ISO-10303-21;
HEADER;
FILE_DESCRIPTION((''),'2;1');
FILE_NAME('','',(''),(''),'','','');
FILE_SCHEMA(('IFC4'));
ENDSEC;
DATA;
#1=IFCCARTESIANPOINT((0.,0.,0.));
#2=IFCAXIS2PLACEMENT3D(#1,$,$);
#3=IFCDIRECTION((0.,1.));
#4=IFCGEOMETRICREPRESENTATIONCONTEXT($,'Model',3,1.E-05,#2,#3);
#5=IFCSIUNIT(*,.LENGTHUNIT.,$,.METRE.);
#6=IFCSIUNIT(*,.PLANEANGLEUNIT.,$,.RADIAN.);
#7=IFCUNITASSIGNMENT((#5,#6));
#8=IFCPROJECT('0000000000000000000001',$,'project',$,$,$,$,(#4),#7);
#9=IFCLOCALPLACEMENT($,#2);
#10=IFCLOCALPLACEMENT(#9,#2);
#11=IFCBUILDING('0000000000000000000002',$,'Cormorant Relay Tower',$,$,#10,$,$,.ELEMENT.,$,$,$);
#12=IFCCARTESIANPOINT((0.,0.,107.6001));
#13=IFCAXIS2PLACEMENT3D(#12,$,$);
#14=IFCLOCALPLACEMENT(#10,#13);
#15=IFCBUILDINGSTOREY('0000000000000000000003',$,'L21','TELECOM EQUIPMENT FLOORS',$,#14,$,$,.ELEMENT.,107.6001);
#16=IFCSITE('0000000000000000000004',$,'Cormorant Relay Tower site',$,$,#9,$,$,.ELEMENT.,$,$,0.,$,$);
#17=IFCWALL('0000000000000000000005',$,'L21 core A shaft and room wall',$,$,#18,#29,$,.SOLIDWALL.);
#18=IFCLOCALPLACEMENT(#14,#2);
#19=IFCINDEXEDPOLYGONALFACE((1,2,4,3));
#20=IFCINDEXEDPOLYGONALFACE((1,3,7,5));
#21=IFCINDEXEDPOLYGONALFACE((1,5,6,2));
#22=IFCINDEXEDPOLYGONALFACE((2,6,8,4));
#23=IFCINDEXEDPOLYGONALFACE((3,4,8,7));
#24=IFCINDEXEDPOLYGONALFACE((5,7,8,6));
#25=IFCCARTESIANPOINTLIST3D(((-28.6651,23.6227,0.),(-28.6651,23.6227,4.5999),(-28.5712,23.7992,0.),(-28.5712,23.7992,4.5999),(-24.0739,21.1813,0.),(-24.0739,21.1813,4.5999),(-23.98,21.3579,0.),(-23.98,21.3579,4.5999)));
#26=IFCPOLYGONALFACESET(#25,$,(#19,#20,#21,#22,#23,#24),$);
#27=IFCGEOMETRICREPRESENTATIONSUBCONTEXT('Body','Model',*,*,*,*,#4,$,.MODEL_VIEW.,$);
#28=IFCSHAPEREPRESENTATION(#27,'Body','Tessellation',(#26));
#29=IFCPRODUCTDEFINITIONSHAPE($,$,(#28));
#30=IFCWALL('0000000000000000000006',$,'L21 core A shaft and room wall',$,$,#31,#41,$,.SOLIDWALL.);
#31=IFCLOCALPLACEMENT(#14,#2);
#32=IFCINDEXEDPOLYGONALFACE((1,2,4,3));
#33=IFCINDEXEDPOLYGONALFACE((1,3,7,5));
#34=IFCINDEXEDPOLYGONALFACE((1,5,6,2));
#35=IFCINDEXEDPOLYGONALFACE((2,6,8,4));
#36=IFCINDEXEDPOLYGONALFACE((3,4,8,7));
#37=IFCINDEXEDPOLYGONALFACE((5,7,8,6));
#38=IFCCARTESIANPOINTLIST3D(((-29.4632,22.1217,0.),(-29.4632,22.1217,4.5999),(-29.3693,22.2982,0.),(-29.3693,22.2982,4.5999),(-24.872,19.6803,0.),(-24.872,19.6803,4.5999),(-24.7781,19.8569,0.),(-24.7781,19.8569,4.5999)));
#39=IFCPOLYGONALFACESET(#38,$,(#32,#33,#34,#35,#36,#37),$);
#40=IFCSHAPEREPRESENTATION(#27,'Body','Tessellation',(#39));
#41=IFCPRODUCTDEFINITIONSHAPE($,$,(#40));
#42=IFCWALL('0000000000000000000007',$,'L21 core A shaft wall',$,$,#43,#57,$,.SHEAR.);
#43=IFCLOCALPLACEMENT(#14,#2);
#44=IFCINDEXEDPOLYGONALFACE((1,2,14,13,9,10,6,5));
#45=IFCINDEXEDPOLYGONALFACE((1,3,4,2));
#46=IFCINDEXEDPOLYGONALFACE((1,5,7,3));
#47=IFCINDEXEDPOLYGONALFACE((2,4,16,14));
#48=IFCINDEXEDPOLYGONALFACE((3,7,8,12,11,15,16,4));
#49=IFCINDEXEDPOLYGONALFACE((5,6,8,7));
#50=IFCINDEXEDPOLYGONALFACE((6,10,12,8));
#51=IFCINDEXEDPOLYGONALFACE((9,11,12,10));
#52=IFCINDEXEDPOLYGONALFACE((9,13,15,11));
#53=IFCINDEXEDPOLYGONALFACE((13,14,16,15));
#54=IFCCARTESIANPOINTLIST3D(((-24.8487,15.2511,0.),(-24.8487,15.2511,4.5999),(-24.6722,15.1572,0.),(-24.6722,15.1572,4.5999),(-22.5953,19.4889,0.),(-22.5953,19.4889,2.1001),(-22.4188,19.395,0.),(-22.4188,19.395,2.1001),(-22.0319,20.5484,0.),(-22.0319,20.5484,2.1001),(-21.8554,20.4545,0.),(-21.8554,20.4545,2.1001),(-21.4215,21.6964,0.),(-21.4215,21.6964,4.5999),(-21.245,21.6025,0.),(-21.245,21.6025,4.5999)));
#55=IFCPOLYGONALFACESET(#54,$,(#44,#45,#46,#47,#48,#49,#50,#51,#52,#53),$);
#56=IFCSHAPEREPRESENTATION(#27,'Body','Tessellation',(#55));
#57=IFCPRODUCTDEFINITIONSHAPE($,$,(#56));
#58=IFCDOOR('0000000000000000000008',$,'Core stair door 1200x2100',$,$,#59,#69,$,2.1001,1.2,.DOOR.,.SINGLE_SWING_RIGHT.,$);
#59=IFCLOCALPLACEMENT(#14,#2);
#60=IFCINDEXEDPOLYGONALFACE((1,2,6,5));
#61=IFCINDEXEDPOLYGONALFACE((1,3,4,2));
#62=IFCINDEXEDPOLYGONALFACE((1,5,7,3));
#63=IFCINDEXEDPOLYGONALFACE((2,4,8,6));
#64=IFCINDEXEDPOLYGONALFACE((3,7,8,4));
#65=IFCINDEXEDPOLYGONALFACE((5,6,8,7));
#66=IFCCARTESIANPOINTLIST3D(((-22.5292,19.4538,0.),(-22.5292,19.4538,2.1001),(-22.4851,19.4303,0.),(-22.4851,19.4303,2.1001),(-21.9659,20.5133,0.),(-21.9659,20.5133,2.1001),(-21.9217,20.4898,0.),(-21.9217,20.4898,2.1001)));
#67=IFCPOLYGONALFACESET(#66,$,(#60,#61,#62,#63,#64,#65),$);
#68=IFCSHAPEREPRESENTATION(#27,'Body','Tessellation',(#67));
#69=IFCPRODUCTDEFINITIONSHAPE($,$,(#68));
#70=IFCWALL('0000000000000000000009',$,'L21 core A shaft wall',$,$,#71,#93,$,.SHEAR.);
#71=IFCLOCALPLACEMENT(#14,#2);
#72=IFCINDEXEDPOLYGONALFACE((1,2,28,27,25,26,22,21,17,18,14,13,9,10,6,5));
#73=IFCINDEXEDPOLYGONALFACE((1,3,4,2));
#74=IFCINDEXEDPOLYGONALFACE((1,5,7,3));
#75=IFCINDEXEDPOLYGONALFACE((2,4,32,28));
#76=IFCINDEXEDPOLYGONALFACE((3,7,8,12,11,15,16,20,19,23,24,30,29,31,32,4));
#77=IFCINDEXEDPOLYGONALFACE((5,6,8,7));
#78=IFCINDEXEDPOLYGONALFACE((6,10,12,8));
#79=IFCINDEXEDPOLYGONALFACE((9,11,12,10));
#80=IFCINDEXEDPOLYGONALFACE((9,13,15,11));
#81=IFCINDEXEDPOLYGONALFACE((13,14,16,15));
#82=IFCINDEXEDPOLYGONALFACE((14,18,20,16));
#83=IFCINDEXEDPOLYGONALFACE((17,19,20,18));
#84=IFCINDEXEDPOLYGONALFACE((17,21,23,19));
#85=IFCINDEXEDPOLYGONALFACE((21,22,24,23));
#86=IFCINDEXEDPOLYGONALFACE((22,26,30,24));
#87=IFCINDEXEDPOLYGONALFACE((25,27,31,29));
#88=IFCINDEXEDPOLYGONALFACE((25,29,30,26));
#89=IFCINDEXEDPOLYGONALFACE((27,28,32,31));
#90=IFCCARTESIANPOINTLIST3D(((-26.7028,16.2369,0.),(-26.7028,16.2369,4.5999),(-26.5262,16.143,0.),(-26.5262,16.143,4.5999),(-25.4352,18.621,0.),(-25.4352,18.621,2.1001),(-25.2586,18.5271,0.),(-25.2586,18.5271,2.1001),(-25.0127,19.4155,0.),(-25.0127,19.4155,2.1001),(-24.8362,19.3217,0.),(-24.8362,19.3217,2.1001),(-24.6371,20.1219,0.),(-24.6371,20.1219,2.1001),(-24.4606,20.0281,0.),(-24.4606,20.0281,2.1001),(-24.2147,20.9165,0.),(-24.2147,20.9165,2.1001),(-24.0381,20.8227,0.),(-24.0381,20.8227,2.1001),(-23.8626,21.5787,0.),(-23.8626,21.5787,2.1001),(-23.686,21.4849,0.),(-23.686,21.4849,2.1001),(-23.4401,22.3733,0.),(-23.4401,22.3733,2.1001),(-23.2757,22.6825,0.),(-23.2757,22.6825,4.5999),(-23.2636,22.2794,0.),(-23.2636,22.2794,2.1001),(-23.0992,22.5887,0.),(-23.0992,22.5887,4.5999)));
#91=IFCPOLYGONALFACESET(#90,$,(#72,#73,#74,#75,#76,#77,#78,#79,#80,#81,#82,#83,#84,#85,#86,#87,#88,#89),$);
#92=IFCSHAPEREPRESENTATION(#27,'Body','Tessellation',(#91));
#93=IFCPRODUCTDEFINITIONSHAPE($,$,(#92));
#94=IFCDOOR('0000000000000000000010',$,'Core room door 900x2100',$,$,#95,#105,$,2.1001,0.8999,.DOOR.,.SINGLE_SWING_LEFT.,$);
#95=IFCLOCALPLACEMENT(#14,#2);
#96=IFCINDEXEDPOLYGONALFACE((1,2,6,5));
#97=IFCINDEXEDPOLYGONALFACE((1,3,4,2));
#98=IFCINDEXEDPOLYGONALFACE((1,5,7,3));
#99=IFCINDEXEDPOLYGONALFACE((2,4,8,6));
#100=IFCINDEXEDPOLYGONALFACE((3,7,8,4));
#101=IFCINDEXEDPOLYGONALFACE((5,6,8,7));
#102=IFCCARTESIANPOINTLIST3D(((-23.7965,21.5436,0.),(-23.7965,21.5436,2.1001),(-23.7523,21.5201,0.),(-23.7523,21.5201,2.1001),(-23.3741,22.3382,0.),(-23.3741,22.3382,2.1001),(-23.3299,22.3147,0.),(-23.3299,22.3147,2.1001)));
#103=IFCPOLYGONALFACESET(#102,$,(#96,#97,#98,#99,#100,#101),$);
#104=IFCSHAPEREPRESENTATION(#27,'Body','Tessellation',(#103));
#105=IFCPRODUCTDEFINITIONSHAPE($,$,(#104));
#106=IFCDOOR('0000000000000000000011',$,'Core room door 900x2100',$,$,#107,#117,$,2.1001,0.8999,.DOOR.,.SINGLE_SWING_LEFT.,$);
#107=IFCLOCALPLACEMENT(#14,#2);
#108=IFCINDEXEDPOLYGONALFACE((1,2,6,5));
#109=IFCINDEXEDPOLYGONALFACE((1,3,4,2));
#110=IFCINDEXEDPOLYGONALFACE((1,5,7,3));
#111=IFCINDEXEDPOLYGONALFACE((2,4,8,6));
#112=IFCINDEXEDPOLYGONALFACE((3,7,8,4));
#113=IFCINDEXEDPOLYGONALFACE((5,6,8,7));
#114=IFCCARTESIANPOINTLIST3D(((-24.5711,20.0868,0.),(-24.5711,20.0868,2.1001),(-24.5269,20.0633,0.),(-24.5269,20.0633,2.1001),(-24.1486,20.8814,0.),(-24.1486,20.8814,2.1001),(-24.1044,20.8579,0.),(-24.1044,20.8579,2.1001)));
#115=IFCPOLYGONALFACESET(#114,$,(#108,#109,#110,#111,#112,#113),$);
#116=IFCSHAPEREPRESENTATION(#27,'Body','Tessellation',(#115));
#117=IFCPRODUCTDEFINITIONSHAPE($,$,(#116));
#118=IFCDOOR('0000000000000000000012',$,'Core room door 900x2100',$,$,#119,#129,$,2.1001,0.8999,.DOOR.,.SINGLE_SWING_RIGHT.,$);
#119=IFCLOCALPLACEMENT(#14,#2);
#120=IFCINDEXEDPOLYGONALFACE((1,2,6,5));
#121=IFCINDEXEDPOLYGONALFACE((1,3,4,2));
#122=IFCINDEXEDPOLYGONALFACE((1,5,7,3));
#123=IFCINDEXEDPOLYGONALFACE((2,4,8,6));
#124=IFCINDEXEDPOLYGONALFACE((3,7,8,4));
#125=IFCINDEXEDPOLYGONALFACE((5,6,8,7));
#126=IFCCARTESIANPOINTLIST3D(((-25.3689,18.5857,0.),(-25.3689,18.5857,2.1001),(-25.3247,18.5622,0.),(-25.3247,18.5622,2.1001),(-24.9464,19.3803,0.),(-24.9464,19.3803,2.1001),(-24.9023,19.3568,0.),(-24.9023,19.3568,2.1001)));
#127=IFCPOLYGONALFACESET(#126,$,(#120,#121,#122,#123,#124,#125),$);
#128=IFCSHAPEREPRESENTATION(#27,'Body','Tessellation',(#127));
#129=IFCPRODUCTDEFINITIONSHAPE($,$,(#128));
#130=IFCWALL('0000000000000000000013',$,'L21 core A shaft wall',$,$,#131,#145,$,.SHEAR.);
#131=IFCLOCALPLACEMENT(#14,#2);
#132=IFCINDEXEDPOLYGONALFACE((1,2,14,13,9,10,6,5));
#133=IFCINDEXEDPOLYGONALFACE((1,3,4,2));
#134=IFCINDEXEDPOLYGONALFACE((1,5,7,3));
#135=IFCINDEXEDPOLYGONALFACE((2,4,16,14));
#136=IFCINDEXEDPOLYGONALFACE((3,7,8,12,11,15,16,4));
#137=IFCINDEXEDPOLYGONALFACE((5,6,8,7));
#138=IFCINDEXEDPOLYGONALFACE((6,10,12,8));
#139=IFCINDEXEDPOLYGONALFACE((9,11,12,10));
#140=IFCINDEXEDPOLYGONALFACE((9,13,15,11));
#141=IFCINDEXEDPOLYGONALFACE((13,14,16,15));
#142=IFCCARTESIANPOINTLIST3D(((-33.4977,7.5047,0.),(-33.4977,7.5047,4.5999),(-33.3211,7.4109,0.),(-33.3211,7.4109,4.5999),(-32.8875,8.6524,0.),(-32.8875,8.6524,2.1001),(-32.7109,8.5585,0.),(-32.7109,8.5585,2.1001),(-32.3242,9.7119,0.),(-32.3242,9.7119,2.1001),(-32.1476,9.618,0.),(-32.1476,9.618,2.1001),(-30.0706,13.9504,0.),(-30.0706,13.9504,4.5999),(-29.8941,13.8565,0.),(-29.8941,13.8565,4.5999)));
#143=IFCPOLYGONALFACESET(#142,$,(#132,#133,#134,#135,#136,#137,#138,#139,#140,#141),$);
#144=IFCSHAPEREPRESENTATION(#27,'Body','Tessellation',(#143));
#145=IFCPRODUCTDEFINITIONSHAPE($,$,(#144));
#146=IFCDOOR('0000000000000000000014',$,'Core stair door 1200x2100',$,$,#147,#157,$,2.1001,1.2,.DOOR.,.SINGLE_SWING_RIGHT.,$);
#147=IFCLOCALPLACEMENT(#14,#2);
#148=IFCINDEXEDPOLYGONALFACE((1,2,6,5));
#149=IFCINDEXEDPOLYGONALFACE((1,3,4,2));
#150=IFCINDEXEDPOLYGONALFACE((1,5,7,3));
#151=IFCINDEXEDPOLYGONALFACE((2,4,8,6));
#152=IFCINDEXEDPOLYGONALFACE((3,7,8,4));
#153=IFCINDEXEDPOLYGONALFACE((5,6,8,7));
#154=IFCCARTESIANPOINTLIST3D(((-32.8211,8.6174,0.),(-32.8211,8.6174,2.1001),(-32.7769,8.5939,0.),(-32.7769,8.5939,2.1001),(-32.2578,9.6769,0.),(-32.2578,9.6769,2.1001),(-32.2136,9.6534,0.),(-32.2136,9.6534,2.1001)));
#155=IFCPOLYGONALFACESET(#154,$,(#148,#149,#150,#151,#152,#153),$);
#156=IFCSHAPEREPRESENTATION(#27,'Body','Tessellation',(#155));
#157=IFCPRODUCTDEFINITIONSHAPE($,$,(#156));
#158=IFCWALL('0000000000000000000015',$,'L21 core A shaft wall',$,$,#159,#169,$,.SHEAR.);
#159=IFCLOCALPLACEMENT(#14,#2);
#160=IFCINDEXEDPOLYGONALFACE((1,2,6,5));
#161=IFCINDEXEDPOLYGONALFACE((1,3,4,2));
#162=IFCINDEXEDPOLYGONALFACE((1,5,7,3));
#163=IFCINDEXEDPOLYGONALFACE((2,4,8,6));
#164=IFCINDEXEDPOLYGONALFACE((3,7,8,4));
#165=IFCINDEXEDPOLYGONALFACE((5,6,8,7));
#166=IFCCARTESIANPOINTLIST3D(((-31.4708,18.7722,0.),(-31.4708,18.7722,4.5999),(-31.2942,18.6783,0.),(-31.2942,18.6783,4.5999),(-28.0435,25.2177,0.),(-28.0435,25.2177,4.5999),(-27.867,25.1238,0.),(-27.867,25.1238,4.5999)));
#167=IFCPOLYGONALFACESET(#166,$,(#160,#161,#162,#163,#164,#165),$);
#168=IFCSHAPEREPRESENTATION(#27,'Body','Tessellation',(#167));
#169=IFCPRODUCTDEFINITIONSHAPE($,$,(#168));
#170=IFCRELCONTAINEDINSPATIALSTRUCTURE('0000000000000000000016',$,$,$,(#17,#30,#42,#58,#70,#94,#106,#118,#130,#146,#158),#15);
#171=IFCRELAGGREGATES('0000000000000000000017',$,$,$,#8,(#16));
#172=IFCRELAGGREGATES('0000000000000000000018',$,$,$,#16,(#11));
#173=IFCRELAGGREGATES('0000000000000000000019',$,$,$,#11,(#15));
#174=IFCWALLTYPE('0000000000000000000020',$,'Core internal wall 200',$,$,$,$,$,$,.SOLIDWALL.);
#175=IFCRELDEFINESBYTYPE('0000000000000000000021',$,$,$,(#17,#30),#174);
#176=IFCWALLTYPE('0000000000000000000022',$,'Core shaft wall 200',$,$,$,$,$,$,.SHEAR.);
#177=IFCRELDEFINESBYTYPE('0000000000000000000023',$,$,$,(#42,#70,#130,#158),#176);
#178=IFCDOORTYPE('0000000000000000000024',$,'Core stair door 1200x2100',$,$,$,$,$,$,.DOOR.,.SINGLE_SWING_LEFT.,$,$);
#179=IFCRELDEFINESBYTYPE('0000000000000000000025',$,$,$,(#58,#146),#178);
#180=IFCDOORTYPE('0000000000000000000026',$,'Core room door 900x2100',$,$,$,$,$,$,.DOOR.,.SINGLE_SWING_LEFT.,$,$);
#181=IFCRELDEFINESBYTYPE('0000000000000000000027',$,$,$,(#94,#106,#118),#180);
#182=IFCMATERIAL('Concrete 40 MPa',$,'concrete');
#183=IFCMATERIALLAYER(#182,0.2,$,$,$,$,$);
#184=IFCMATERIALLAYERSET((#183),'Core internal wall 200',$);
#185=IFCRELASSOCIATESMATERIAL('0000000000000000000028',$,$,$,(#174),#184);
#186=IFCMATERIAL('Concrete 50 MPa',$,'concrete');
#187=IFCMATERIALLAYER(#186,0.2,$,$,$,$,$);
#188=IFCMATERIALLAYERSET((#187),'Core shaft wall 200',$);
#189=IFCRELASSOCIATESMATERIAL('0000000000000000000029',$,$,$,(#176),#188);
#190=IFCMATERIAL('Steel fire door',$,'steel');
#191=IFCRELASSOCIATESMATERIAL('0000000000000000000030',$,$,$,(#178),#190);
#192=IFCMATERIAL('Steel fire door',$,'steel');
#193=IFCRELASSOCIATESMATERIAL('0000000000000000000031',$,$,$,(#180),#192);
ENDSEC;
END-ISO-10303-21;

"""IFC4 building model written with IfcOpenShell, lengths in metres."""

from ifc_helpers import new_model, si_unit, direction, frame, frame_2d, origin, place, context, subcontext, project, spatial, rectangle, extrude, material, layer, layer_set, type_object, element, fill, save


model = new_model("IFC4")

# Units and contexts
model_context = context("Model", 3, precision=1e-05, world=origin(), true_north=direction((0.0, 1.0)))
body_context = subcontext(model_context, "Body", "Model", "MODEL_VIEW")
ifc_project = project(units=[si_unit("LENGTHUNIT", "METRE"), si_unit("PLANEANGLEUNIT", "RADIAN")], contexts=[model_context])

# Site, building, storey
site_placement = place(None, origin())
site = spatial("IfcSite", under=ifc_project, at=site_placement, Name="Cormorant Relay Tower site", CompositionType="ELEMENT", RefElevation=0.0)
building_placement = place(site_placement, origin())
building = spatial("IfcBuilding", under=site, at=building_placement, Name="Cormorant Relay Tower", CompositionType="ELEMENT")
storey_placement = place(building_placement, frame((0.0, 0.0, 107.6001)))
storey = spatial("IfcBuildingStorey", under=building, at=storey_placement, Name="L21", Description="TELECOM EQUIPMENT FLOORS", CompositionType="ELEMENT", Elevation=107.6001)

# Walls
ifc_material_1 = material(Name="Concrete 40 MPa", Category="concrete")
ifc_layer_1 = layer(ifc_material_1, 0.2)
ifc_layer_set_1 = layer_set([ifc_layer_1], Name="Core internal wall 200")
wall_type_1 = type_object("IfcWallType", Name="Core internal wall 200", PredefinedType="SOLIDWALL", material=ifc_layer_set_1)
for number, where, z_axis, x_axis, name in (
    (1, (-24.0269, 21.2695, 0.0), (0.0, 0.0, 1.0), (-0.882935, 0.469496, 0.0), "L21 core A shaft and room wall"),
    (2, (-24.825, 19.7686, 0.0), (0.0, 0.0, 1.0), (-0.882935, 0.469496, 0.0), "L21 core A shaft and room wall"),
):
    element("IfcWall", number, at=place(storey_placement, frame(where, z_axis=z_axis, x_axis=x_axis)), inside=storey, type_object=wall_type_1, Name=name, PredefinedType="SOLIDWALL", context=body_context, shape_type="SweptSolid", body=[
        extrude(rectangle(XDim=5.2, YDim=0.2, at=frame_2d((2.6001, 0.0))), origin(), (0.0, 0.0, 1.0), 4.5999),
    ])

# Wall, opening, door
ifc_material_2 = material(Name="Concrete 50 MPa", Category="concrete")
ifc_layer_2 = layer(ifc_material_2, 0.2)
ifc_layer_set_2 = layer_set([ifc_layer_2], Name="Core shaft wall 200")
wall_type_2 = type_object("IfcWallType", Name="Core shaft wall 200", PredefinedType="SHEAR", material=ifc_layer_set_2)
wall_1_placement = place(storey_placement, frame((-21.3333, 21.6494, 0.0), z_axis=(0.0, 0.0, 1.0), x_axis=(-0.469494, -0.882936, 0.0)))
wall_1 = element("IfcWall", 3, at=wall_1_placement, inside=storey, type_object=wall_type_2, Name="L21 core A shaft wall", PredefinedType="SHEAR", context=body_context, shape_type="SweptSolid", body=[
    extrude(rectangle(XDim=7.2998, YDim=0.2, at=frame_2d((3.6499, 0.0))), origin(), (0.0, 0.0, 1.0), 4.5999),
])
opening_1_placement = place(wall_1_placement, frame((1.3, 0.0, 0.0)))
opening_1 = element("IfcOpeningElement", 4, at=opening_1_placement, cuts=wall_1, PredefinedType="OPENING", context=body_context, shape_type="SweptSolid", body=[
    extrude(rectangle(XDim=1.2, YDim=2.1001, at=frame_2d((0.6001, 1.05))), frame((0.0, 0.1099, 0.0), z_axis=(0.0, -1.0, 0.0), x_axis=(1.0, 0.0, 0.0)), (0.0, 0.0, 1.0), 0.22),
])
ifc_material_3 = material(Name="Steel fire door", Category="steel")
door_type_1 = type_object("IfcDoorType", Name="Core stair door 1200x2100", OperationType="SINGLE_SWING_LEFT", PredefinedType="DOOR", material=ifc_material_3)
door_1_placement = place(opening_1_placement, origin())
door_1 = element("IfcDoor", 5, at=door_1_placement, inside=storey, type_object=door_type_1, Name="Core stair door 1200x2100", OperationType="SINGLE_SWING_RIGHT", OverallHeight=2.1001, OverallWidth=1.2, PredefinedType="DOOR", context=body_context, shape_type="SweptSolid", body=[
    extrude(rectangle(XDim=1.2, YDim=2.1001, at=frame_2d((0.6001, 1.05))), frame((0.0, 0.0249, 0.0), z_axis=(0.0, -1.0, 0.0), x_axis=(1.0, 0.0, 0.0)), (0.0, 0.0, 1.0), 0.05),
])
fill(opening_1, door_1)

# Wall, openings, doors
wall_2_placement = place(storey_placement, frame((-23.1875, 22.6355, 0.0), z_axis=(0.0, 0.0, 1.0), x_axis=(-0.469454, -0.882957, 0.0)))
wall_2 = element("IfcWall", 6, at=wall_2_placement, inside=storey, type_object=wall_type_2, Name="L21 core A shaft wall", PredefinedType="SHEAR", context=body_context, shape_type="SweptSolid", body=[
    extrude(rectangle(XDim=7.3, YDim=0.2, at=frame_2d((3.6499, 0.0))), origin(), (0.0, 0.0, 1.0), 4.5999),
])
opening_2_placement = place(wall_2_placement, frame((0.3501, 0.0, 0.0)))
opening_2 = element("IfcOpeningElement", 7, at=opening_2_placement, cuts=wall_2, PredefinedType="OPENING", context=body_context, shape_type="SweptSolid", body=[
    extrude(rectangle(XDim=0.8999, YDim=2.1001, at=frame_2d((0.45, 1.05))), frame((0.0, 0.1099, 0.0), z_axis=(0.0, -1.0, 0.0), x_axis=(1.0, 0.0, 0.0)), (0.0, 0.0, 1.0), 0.22),
])
opening_3_placement = place(wall_2_placement, frame((2.0, 0.0, 0.0)))
opening_3 = element("IfcOpeningElement", 8, at=opening_3_placement, cuts=wall_2, PredefinedType="OPENING", context=body_context, shape_type="SweptSolid", body=[
    extrude(rectangle(XDim=0.8999, YDim=2.1001, at=frame_2d((0.45, 1.05))), frame((0.0, 0.1099, 0.0), z_axis=(0.0, -1.0, 0.0), x_axis=(1.0, 0.0, 0.0)), (0.0, 0.0, 1.0), 0.22),
])
opening_4_placement = place(wall_2_placement, frame((3.7, 0.0, 0.0)))
opening_4 = element("IfcOpeningElement", 9, at=opening_4_placement, cuts=wall_2, PredefinedType="OPENING", context=body_context, shape_type="SweptSolid", body=[
    extrude(rectangle(XDim=0.8999, YDim=2.1001, at=frame_2d((0.45, 1.05))), frame((0.0, 0.1099, 0.0), z_axis=(0.0, -1.0, 0.0), x_axis=(1.0, 0.0, 0.0)), (0.0, 0.0, 1.0), 0.22),
])
ifc_material_4 = material(Name="Steel fire door", Category="steel")
door_type_2 = type_object("IfcDoorType", Name="Core room door 900x2100", OperationType="SINGLE_SWING_LEFT", PredefinedType="DOOR", material=ifc_material_4)
door_2_placement = place(opening_2_placement, origin())
door_2 = element("IfcDoor", 10, at=door_2_placement, inside=storey, type_object=door_type_2, Name="Core room door 900x2100", OperationType="SINGLE_SWING_LEFT", OverallHeight=2.1001, OverallWidth=0.8999, PredefinedType="DOOR", context=body_context, shape_type="SweptSolid", body=[
    extrude(rectangle(XDim=0.8999, YDim=2.1001, at=frame_2d((0.45, 1.05))), frame((0.0, 0.0249, 0.0), z_axis=(0.0, -1.0, 0.0), x_axis=(1.0, 0.0, 0.0)), (0.0, 0.0, 1.0), 0.05),
])
fill(opening_2, door_2)
door_3_placement = place(opening_3_placement, origin())
door_3 = element("IfcDoor", 11, at=door_3_placement, inside=storey, type_object=door_type_2, Name="Core room door 900x2100", OperationType="SINGLE_SWING_LEFT", OverallHeight=2.1001, OverallWidth=0.8999, PredefinedType="DOOR", context=body_context, shape_type="SweptSolid", body=[
    extrude(rectangle(XDim=0.8999, YDim=2.1001, at=frame_2d((0.45, 1.05))), frame((0.0, 0.0249, 0.0), z_axis=(0.0, -1.0, 0.0), x_axis=(1.0, 0.0, 0.0)), (0.0, 0.0, 1.0), 0.05),
])
fill(opening_3, door_3)
door_4_placement = place(opening_4_placement, frame((0.8999, 0.0, 0.0), z_axis=(0.0, 0.0, 1.0), x_axis=(-1.0, 0.0, 0.0)))
door_4 = element("IfcDoor", 12, at=door_4_placement, inside=storey, type_object=door_type_2, Name="Core room door 900x2100", OperationType="SINGLE_SWING_RIGHT", OverallHeight=2.1001, OverallWidth=0.8999, PredefinedType="DOOR", context=body_context, shape_type="SweptSolid", body=[
    extrude(rectangle(XDim=0.8999, YDim=2.1001, at=frame_2d((0.45, 1.05))), frame((0.0, 0.0249, 0.0), z_axis=(0.0, -1.0, 0.0), x_axis=(1.0, 0.0, 0.0)), (0.0, 0.0, 1.0), 0.05),
])
fill(opening_4, door_4)

# Wall, opening, door
wall_3_placement = place(storey_placement, frame((-29.9824, 13.9033, 0.0), z_axis=(0.0, 0.0, 1.0), x_axis=(-0.469454, -0.882957, 0.0)))
wall_3 = element("IfcWall", 13, at=wall_3_placement, inside=storey, type_object=wall_type_2, Name="L21 core A shaft wall", PredefinedType="SHEAR", context=body_context, shape_type="SweptSolid", body=[
    extrude(rectangle(XDim=7.3, YDim=0.2, at=frame_2d((3.6499, 0.0))), origin(), (0.0, 0.0, 1.0), 4.5999),
])
opening_5_placement = place(wall_3_placement, frame((4.8, 0.0, 0.0)))
opening_5 = element("IfcOpeningElement", 14, at=opening_5_placement, cuts=wall_3, PredefinedType="OPENING", context=body_context, shape_type="SweptSolid", body=[
    extrude(rectangle(XDim=1.2, YDim=2.1001, at=frame_2d((0.6001, 1.05))), frame((0.0, 0.1099, 0.0), z_axis=(0.0, -1.0, 0.0), x_axis=(1.0, 0.0, 0.0)), (0.0, 0.0, 1.0), 0.22),
])
door_5_placement = place(opening_5_placement, frame((1.2, 0.0, 0.0), z_axis=(0.0, 0.0, 1.0), x_axis=(-1.0, 0.0, 0.0)))
door_5 = element("IfcDoor", 15, at=door_5_placement, inside=storey, type_object=door_type_1, Name="Core stair door 1200x2100", OperationType="SINGLE_SWING_RIGHT", OverallHeight=2.1001, OverallWidth=1.2, PredefinedType="DOOR", context=body_context, shape_type="SweptSolid", body=[
    extrude(rectangle(XDim=1.2, YDim=2.1001, at=frame_2d((0.6001, 1.05))), frame((0.0, 0.0249, 0.0), z_axis=(0.0, -1.0, 0.0), x_axis=(1.0, 0.0, 0.0)), (0.0, 0.0, 1.0), 0.05),
])
fill(opening_5, door_5)

# Wall
wall_4_placement = place(storey_placement, frame((-27.9553, 25.1707, 0.0), z_axis=(0.0, 0.0, 1.0), x_axis=(-0.46948, -0.882943, 0.0)))
element("IfcWall", 16, at=wall_4_placement, inside=storey, type_object=wall_type_2, Name="L21 core A shaft wall", PredefinedType="SHEAR", context=body_context, shape_type="SweptSolid", body=[
    extrude(rectangle(XDim=7.3, YDim=0.2, at=frame_2d((3.6499, 0.0))), origin(), (0.0, 0.0, 1.0), 4.5999),
])

save(model, "model.ifc")
